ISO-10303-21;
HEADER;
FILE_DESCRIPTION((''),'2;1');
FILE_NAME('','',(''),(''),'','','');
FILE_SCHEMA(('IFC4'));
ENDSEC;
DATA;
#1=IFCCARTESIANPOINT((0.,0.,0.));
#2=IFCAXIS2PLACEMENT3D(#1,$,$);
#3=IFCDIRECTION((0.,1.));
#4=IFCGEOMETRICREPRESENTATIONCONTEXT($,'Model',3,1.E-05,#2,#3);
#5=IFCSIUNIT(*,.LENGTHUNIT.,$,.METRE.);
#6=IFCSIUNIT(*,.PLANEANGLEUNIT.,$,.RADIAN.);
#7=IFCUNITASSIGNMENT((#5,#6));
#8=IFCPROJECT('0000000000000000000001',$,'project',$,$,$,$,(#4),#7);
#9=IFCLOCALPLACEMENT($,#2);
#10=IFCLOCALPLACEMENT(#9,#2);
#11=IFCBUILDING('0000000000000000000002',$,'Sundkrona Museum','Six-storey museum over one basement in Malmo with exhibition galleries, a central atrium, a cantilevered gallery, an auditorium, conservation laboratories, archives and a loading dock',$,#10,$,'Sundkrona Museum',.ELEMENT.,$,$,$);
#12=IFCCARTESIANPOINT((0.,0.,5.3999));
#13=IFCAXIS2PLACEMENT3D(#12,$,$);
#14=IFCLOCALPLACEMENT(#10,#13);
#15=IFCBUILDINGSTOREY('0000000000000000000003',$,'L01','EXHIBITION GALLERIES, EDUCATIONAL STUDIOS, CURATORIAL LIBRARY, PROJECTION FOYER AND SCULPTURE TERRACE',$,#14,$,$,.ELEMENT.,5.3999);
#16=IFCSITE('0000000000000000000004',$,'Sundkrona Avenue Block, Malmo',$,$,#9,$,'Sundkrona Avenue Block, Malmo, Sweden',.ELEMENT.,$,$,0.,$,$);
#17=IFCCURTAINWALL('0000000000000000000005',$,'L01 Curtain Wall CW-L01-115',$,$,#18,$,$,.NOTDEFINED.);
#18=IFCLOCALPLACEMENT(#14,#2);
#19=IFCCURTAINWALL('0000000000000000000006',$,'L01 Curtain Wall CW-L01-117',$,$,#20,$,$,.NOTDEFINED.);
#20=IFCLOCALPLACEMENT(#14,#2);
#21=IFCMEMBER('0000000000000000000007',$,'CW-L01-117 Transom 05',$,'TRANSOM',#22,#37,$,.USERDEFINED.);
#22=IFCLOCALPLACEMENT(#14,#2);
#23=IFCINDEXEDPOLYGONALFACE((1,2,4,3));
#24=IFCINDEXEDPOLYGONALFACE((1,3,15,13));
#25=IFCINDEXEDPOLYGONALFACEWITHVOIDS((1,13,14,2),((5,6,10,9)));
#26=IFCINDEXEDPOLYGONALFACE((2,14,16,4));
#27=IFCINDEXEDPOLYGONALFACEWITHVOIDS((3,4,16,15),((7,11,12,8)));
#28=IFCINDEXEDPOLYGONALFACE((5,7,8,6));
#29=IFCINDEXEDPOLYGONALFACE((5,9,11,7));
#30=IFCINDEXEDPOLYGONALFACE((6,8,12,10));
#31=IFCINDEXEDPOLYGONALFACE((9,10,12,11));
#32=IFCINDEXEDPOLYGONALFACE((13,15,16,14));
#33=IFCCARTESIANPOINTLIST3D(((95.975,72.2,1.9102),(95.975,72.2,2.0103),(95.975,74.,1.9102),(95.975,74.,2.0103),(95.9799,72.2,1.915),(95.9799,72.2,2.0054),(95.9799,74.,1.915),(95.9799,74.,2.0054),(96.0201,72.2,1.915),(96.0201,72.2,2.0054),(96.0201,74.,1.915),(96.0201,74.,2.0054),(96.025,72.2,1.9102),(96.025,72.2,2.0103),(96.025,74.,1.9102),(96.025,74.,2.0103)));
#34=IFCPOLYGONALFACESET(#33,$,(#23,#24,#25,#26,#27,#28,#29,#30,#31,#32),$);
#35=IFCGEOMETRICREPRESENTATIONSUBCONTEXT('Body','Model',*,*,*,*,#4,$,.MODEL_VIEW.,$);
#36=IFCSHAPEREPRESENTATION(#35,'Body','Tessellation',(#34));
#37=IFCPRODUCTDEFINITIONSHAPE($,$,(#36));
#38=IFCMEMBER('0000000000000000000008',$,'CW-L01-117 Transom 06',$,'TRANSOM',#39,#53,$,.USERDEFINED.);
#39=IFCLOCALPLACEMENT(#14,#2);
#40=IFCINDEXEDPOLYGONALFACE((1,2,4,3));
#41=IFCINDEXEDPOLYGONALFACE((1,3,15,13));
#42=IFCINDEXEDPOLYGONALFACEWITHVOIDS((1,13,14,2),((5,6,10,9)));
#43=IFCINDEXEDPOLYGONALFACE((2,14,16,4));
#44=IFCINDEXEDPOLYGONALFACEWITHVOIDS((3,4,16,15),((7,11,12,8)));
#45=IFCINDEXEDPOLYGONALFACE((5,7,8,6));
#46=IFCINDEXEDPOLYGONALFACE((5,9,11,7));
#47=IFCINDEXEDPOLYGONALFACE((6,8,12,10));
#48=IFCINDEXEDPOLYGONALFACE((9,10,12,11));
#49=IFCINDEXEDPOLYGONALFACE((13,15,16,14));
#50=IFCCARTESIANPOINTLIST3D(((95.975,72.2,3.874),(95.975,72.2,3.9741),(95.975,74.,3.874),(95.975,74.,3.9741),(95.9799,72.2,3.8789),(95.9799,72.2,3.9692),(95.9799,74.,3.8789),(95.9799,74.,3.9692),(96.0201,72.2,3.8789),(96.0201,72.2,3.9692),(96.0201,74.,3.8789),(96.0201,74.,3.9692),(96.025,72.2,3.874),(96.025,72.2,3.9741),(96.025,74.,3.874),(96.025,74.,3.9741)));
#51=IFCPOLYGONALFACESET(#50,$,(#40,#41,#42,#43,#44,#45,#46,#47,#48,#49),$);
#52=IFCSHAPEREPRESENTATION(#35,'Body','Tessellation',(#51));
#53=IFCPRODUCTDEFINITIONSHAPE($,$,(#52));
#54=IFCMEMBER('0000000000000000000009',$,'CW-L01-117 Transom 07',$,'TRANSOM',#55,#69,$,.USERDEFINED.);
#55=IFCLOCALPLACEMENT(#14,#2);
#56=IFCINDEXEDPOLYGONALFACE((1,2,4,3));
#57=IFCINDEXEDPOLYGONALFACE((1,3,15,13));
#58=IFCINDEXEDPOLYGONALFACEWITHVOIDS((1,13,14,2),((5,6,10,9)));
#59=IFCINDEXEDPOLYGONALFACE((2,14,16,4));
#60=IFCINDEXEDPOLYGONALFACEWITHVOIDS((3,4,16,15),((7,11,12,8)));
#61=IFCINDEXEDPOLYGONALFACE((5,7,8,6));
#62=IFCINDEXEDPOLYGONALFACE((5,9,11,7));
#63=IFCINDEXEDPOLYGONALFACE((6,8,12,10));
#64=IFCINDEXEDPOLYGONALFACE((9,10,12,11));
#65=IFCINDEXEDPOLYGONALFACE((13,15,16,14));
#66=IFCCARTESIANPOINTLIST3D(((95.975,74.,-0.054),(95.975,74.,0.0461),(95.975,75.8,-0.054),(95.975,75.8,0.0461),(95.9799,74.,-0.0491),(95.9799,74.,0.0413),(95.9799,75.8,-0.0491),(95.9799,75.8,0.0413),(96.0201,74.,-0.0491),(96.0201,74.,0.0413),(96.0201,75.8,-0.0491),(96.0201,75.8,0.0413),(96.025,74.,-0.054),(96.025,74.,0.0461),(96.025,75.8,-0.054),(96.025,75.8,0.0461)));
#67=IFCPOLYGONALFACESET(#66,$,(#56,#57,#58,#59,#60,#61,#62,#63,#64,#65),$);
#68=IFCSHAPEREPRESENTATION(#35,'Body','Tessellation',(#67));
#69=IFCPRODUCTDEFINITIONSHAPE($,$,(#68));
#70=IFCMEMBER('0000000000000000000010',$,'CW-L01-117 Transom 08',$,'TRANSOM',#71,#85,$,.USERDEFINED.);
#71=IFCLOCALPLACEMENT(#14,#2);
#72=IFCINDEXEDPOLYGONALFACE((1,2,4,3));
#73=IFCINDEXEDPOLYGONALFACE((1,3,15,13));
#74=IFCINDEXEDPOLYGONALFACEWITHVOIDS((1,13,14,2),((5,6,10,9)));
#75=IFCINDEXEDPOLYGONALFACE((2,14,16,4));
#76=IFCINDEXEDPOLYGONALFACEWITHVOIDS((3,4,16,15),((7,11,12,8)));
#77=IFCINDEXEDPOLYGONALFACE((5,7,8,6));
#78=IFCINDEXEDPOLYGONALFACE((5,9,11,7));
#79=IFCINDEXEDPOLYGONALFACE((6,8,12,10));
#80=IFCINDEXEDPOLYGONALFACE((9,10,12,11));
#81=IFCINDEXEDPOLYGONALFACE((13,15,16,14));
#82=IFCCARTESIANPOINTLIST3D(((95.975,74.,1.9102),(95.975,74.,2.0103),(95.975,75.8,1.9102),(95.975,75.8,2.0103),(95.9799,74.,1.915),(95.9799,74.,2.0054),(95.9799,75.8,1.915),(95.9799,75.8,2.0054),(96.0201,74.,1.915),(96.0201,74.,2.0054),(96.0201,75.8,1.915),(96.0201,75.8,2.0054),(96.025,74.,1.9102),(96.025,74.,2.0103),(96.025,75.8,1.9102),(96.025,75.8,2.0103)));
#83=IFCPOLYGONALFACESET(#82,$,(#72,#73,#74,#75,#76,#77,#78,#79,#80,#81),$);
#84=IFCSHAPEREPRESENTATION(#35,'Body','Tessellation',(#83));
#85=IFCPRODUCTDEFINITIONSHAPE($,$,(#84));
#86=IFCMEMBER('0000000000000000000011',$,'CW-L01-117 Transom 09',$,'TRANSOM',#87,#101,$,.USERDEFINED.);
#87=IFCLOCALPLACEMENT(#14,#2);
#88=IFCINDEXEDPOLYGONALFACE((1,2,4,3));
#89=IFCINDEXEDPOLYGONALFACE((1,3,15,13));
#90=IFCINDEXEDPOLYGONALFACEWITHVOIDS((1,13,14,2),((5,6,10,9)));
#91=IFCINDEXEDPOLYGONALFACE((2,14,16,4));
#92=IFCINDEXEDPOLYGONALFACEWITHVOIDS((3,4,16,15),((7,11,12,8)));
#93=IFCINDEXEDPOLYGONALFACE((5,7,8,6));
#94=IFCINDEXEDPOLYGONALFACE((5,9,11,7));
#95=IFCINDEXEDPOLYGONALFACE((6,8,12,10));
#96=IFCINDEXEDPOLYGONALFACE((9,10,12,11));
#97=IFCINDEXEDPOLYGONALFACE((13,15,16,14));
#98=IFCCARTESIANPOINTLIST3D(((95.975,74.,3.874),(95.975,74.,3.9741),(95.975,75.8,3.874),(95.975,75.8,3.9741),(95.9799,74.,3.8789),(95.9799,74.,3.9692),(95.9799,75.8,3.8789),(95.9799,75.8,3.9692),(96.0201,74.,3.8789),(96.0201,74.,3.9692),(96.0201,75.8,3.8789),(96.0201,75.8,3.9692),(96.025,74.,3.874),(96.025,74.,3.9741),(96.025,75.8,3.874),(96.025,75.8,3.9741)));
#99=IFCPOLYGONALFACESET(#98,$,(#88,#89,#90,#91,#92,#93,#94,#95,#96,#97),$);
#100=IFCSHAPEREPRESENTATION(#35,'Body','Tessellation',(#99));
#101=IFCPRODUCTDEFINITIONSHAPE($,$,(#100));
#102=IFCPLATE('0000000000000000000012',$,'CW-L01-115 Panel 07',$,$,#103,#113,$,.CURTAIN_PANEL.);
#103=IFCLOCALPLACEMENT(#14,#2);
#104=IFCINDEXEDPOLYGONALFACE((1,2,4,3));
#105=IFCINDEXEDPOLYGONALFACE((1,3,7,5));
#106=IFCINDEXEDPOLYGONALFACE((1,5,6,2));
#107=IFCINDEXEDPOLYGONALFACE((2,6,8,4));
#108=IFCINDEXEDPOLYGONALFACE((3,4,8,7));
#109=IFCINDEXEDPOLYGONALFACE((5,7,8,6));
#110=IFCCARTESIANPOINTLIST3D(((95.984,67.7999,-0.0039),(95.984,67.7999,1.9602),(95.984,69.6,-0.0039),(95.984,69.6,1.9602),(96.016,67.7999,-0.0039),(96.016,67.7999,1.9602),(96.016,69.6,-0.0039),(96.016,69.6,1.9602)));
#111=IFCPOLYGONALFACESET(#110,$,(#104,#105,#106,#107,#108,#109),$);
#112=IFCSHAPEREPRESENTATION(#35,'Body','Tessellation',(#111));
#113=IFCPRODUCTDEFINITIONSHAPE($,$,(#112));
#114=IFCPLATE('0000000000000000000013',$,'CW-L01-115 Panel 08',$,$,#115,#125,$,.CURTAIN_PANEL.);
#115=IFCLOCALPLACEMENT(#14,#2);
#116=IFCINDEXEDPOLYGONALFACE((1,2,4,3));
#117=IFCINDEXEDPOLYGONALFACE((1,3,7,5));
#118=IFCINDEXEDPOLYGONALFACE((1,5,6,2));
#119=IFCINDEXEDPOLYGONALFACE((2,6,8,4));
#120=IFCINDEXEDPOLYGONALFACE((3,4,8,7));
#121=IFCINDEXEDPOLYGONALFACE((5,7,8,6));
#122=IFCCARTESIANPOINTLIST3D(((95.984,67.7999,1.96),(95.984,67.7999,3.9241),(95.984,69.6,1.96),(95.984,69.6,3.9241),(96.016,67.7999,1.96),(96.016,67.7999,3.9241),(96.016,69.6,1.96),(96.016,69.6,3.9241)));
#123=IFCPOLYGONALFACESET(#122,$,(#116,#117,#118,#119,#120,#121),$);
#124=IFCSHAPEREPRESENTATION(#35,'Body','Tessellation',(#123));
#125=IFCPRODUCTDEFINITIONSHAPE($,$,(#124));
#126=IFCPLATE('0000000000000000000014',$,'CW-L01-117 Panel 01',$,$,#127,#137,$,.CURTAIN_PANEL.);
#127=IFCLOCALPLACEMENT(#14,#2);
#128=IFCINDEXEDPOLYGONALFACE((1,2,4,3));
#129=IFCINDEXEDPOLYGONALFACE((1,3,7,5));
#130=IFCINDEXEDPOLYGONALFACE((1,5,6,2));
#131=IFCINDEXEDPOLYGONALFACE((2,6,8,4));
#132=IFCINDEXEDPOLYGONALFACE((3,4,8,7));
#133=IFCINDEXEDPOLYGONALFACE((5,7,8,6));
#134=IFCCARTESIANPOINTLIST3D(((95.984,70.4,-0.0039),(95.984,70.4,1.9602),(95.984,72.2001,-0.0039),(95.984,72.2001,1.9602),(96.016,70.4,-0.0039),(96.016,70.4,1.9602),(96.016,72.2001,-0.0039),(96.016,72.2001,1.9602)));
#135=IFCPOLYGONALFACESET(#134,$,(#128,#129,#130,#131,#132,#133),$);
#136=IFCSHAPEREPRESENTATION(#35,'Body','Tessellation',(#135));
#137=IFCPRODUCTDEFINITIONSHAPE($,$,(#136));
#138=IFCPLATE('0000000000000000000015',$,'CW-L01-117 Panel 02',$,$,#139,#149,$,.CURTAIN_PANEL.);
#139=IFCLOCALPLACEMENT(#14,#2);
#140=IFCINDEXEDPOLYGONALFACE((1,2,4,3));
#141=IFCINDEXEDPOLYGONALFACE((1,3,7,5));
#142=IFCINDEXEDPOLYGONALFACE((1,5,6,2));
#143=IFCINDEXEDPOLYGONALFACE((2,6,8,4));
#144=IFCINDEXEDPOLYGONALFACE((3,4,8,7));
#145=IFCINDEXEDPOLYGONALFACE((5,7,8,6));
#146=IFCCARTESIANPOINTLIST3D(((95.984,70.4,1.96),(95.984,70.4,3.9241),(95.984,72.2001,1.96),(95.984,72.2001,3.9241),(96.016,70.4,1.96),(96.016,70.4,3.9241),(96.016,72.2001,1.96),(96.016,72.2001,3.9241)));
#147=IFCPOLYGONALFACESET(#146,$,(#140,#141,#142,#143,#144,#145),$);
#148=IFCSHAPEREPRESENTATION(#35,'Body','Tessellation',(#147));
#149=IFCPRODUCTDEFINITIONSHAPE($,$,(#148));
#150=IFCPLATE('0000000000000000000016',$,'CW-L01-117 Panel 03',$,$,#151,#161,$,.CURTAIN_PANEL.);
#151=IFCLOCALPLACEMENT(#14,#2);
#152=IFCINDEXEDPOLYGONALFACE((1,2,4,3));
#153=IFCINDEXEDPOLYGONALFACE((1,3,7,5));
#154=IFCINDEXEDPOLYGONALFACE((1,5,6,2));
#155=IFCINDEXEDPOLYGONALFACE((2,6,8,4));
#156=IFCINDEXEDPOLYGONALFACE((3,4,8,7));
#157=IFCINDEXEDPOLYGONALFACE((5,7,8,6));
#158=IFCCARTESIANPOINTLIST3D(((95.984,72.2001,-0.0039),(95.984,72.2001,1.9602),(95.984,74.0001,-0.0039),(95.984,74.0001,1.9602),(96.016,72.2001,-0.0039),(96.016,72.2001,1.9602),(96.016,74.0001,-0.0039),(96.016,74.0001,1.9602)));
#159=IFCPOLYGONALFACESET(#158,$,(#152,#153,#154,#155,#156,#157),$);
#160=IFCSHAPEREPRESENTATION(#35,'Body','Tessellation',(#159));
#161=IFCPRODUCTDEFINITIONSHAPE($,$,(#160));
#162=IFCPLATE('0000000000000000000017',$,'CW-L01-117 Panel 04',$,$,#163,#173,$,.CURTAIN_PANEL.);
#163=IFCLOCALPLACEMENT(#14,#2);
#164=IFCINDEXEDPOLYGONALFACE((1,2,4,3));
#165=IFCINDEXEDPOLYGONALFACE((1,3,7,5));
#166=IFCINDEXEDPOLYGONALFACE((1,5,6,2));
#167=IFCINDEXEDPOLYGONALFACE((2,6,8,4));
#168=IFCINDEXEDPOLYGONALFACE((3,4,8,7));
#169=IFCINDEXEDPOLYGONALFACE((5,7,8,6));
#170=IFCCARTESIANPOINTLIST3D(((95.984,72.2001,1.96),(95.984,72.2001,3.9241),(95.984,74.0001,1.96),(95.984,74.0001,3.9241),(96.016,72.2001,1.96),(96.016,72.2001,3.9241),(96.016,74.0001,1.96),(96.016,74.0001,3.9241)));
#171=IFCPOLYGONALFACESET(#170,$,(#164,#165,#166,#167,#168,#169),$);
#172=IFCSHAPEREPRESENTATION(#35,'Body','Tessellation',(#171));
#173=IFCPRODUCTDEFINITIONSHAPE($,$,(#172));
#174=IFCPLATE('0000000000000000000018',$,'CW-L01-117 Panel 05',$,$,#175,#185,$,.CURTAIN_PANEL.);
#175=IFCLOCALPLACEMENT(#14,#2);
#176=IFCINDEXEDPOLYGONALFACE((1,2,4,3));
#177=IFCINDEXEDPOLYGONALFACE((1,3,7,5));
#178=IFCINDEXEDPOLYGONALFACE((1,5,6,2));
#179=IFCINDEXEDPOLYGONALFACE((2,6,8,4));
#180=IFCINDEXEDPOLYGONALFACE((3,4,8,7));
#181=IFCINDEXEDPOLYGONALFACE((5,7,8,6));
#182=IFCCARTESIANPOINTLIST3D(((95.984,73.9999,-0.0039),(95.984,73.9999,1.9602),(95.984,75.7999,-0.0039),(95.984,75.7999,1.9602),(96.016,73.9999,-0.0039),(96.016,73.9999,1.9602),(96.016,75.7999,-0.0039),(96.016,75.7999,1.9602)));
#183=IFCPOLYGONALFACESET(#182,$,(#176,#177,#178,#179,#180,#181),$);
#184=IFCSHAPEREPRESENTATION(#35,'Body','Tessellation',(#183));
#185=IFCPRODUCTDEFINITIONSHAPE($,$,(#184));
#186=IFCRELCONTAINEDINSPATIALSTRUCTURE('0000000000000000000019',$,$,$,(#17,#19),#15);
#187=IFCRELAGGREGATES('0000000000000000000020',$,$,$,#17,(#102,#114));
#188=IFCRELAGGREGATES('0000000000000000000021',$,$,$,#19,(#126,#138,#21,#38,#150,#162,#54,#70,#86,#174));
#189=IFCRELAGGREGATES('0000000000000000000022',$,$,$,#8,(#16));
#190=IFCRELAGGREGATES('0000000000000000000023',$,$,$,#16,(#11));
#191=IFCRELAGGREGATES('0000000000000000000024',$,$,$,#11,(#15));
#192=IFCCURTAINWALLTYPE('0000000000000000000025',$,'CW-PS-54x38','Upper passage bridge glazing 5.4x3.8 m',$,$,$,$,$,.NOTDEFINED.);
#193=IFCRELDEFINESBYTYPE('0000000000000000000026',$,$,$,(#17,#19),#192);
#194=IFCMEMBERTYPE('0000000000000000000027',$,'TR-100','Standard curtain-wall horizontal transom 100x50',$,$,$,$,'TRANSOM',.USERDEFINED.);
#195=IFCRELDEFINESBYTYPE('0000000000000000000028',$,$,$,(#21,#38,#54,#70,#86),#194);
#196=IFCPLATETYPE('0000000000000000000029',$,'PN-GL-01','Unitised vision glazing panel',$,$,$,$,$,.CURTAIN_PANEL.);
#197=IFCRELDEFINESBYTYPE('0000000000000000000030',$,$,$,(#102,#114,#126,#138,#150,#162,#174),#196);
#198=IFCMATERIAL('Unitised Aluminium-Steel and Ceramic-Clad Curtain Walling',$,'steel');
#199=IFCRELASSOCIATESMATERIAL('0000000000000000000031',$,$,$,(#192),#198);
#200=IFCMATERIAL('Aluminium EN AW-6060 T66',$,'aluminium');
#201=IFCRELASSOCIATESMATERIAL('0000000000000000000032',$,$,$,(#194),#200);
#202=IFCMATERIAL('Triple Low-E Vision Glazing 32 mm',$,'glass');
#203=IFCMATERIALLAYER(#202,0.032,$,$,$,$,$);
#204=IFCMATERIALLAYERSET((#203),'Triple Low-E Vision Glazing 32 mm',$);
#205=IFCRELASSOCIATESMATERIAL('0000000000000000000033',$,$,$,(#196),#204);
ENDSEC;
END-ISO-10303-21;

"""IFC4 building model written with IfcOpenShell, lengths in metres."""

from ifc_helpers import new_model, si_unit, direction, frame, origin, origin_2d, place, context, subcontext, project, spatial, rectangle, hollow_rectangle, extrude, material, layer, layer_set, material_profile, profile_set, type_object, element, aggregate, save


model = new_model("IFC4")

# Units and contexts
model_context = context("Model", 3, precision=1e-05, world=origin(), true_north=direction((0.0, 1.0)))
body_context = subcontext(model_context, "Body", "Model", "MODEL_VIEW")
ifc_project = project(units=[si_unit("LENGTHUNIT", "METRE"), si_unit("PLANEANGLEUNIT", "RADIAN")], contexts=[model_context])

# Site, building, storey
site_placement = place(None, origin())
site = spatial("IfcSite", under=ifc_project, at=site_placement, Name="Sundkrona Avenue Block, Malmo", LongName="Sundkrona Avenue Block, Malmo, Sweden", CompositionType="ELEMENT", RefElevation=0.0)
building_placement = place(site_placement, origin())
building = spatial("IfcBuilding", under=site, at=building_placement, Name="Sundkrona Museum", Description="Six-storey museum over one basement in Malmo with exhibition galleries, a central atrium, a cantilevered gallery, an auditorium, conservation laboratories, archives and a loading dock", LongName="Sundkrona Museum", CompositionType="ELEMENT")
storey_placement = place(building_placement, frame((0.0, 0.0, 5.3999)))
storey = spatial("IfcBuildingStorey", under=building, at=storey_placement, Name="L01", Description="EXHIBITION GALLERIES, EDUCATIONAL STUDIOS, CURATORIAL LIBRARY, PROJECTION FOYER AND SCULPTURE TERRACE", CompositionType="ELEMENT", Elevation=5.3999)

# Curtain wall
ifc_material_1 = material(Name="Unitised Aluminium-Steel and Ceramic-Clad Curtain Walling", Category="steel")
curtain_wall_type = type_object("IfcCurtainWallType", Name="CW-PS-54x38", Description="Upper passage bridge glazing 5.4x3.8 m", PredefinedType="NOTDEFINED", material=ifc_material_1)
curtain_wall_1_placement = place(storey_placement, origin())
curtain_wall_1 = element("IfcCurtainWall", 1, at=curtain_wall_1_placement, inside=storey, type_object=curtain_wall_type, Name="L01 Curtain Wall CW-L01-115", PredefinedType="NOTDEFINED")
ifc_material_2 = material(Name="Aluminium EN AW-6060 T66", Category="aluminium")

# Curtain wall, members
curtain_wall_2_placement = place(storey_placement, origin())
curtain_wall_2 = element("IfcCurtainWall", 2, at=curtain_wall_2_placement, inside=storey, type_object=curtain_wall_type, Name="L01 Curtain Wall CW-L01-117", PredefinedType="NOTDEFINED")
ifc_material_profile_1 = material_profile(ifc_material_2, hollow_rectangle(XDim=0.05, YDim=0.1001, WallThickness=0.0049, at=origin_2d()), Name="RHS 100x50x5.0")
ifc_profile_set_1 = profile_set([ifc_material_profile_1], Name="Aluminium EN AW-6060 T66")
member_type_1 = type_object("IfcMemberType", Name="TR-100", Description="Standard curtain-wall horizontal transom 100x50", ElementType="TRANSOM", PredefinedType="USERDEFINED", material=ifc_profile_set_1)
member_1_placement = place(storey_placement, frame((96.0, 72.2, 1.9602), z_axis=(0.0, 1.0, 0.0), x_axis=(-1.0, 0.0, 0.0)))
member_1 = element("IfcMember", 3, at=member_1_placement, type_object=member_type_1, Name="CW-L01-117 Transom 05", ObjectType="TRANSOM", PredefinedType="USERDEFINED", context=body_context, shape_type="SweptSolid", body=[
    extrude(hollow_rectangle(XDim=0.05, YDim=0.1001, WallThickness=0.0049, at=origin_2d()), origin(), (0.0, 0.0, 1.0), 1.8),
])
member_2_placement = place(storey_placement, frame((96.0, 72.2, 3.9241), z_axis=(0.0, 1.0, 0.0), x_axis=(-1.0, 0.0, 0.0)))
member_2 = element("IfcMember", 4, at=member_2_placement, type_object=member_type_1, Name="CW-L01-117 Transom 06", ObjectType="TRANSOM", PredefinedType="USERDEFINED", context=body_context, shape_type="SweptSolid", body=[
    extrude(hollow_rectangle(XDim=0.05, YDim=0.1001, WallThickness=0.0049, at=origin_2d()), origin(), (0.0, 0.0, 1.0), 1.8),
])
member_3_placement = place(storey_placement, frame((96.0, 74.0, -0.0039), z_axis=(0.0, 1.0, 0.0), x_axis=(-1.0, 0.0, 0.0)))
member_3 = element("IfcMember", 5, at=member_3_placement, type_object=member_type_1, Name="CW-L01-117 Transom 07", ObjectType="TRANSOM", PredefinedType="USERDEFINED", context=body_context, shape_type="SweptSolid", body=[
    extrude(hollow_rectangle(XDim=0.05, YDim=0.1001, WallThickness=0.0049, at=origin_2d()), origin(), (0.0, 0.0, 1.0), 1.8),
])
member_4_placement = place(storey_placement, frame((96.0, 74.0, 1.9602), z_axis=(0.0, 1.0, 0.0), x_axis=(-1.0, 0.0, 0.0)))
member_4 = element("IfcMember", 6, at=member_4_placement, type_object=member_type_1, Name="CW-L01-117 Transom 08", ObjectType="TRANSOM", PredefinedType="USERDEFINED", context=body_context, shape_type="SweptSolid", body=[
    extrude(hollow_rectangle(XDim=0.05, YDim=0.1001, WallThickness=0.0049, at=origin_2d()), origin(), (0.0, 0.0, 1.0), 1.8),
])
member_5_placement = place(storey_placement, frame((96.0, 74.0, 3.9241), z_axis=(0.0, 1.0, 0.0), x_axis=(-1.0, 0.0, 0.0)))
member_5 = element("IfcMember", 7, at=member_5_placement, type_object=member_type_1, Name="CW-L01-117 Transom 09", ObjectType="TRANSOM", PredefinedType="USERDEFINED", context=body_context, shape_type="SweptSolid", body=[
    extrude(hollow_rectangle(XDim=0.05, YDim=0.1001, WallThickness=0.0049, at=origin_2d()), origin(), (0.0, 0.0, 1.0), 1.8),
])

# Plates
ifc_material_3 = material(Name="Triple Low-E Vision Glazing 32 mm", Category="glass")
ifc_layer = layer(ifc_material_3, 0.032)
ifc_layer_set = layer_set([ifc_layer], Name="Triple Low-E Vision Glazing 32 mm")
plate_type = type_object("IfcPlateType", Name="PN-GL-01", Description="Unitised vision glazing panel", PredefinedType="CURTAIN_PANEL", material=ifc_layer_set)
plate_1_placement = place(storey_placement, frame((96.0, 68.7, -0.0039), z_axis=(0.0, 0.0, 1.0), x_axis=(0.0, 1.0, 0.0)))
plate_1 = element("IfcPlate", 8, at=plate_1_placement, type_object=plate_type, Name="CW-L01-115 Panel 07", PredefinedType="CURTAIN_PANEL", context=body_context, shape_type="SweptSolid", body=[
    extrude(rectangle(XDim=1.8, YDim=0.032, at=origin_2d()), origin(), (0.0, 0.0, 1.0), 1.9641),
])
plate_2_placement = place(storey_placement, frame((96.0, 68.7, 1.96), z_axis=(0.0, 0.0, 1.0), x_axis=(0.0, 1.0, 0.0)))
plate_2 = element("IfcPlate", 9, at=plate_2_placement, type_object=plate_type, Name="CW-L01-115 Panel 08", PredefinedType="CURTAIN_PANEL", context=body_context, shape_type="SweptSolid", body=[
    extrude(rectangle(XDim=1.8, YDim=0.032, at=origin_2d()), origin(), (0.0, 0.0, 1.0), 1.9641),
])
aggregate(curtain_wall_1, [plate_1, plate_2])
plate_3_placement = place(storey_placement, frame((96.0, 71.3, -0.0039), z_axis=(0.0, 0.0, 1.0), x_axis=(0.0, 1.0, 0.0)))
plate_3 = element("IfcPlate", 10, at=plate_3_placement, type_object=plate_type, Name="CW-L01-117 Panel 01", PredefinedType="CURTAIN_PANEL", context=body_context, shape_type="SweptSolid", body=[
    extrude(rectangle(XDim=1.8, YDim=0.032, at=origin_2d()), origin(), (0.0, 0.0, 1.0), 1.9641),
])
plate_4_placement = place(storey_placement, frame((96.0, 71.3, 1.96), z_axis=(0.0, 0.0, 1.0), x_axis=(0.0, 1.0, 0.0)))
plate_4 = element("IfcPlate", 11, at=plate_4_placement, type_object=plate_type, Name="CW-L01-117 Panel 02", PredefinedType="CURTAIN_PANEL", context=body_context, shape_type="SweptSolid", body=[
    extrude(rectangle(XDim=1.8, YDim=0.032, at=origin_2d()), origin(), (0.0, 0.0, 1.0), 1.9641),
])
plate_5_placement = place(storey_placement, frame((96.0, 73.1001, -0.0039), z_axis=(0.0, 0.0, 1.0), x_axis=(0.0, 1.0, 0.0)))
plate_5 = element("IfcPlate", 12, at=plate_5_placement, type_object=plate_type, Name="CW-L01-117 Panel 03", PredefinedType="CURTAIN_PANEL", context=body_context, shape_type="SweptSolid", body=[
    extrude(rectangle(XDim=1.8, YDim=0.032, at=origin_2d()), origin(), (0.0, 0.0, 1.0), 1.9641),
])
plate_6_placement = place(storey_placement, frame((96.0, 73.1001, 1.96), z_axis=(0.0, 0.0, 1.0), x_axis=(0.0, 1.0, 0.0)))
plate_6 = element("IfcPlate", 13, at=plate_6_placement, type_object=plate_type, Name="CW-L01-117 Panel 04", PredefinedType="CURTAIN_PANEL", context=body_context, shape_type="SweptSolid", body=[
    extrude(rectangle(XDim=1.8, YDim=0.032, at=origin_2d()), origin(), (0.0, 0.0, 1.0), 1.9641),
])
plate_7_placement = place(storey_placement, frame((96.0, 74.8999, -0.0039), z_axis=(0.0, 0.0, 1.0), x_axis=(0.0, 1.0, 0.0)))
plate_7 = element("IfcPlate", 14, at=plate_7_placement, type_object=plate_type, Name="CW-L01-117 Panel 05", PredefinedType="CURTAIN_PANEL", context=body_context, shape_type="SweptSolid", body=[
    extrude(rectangle(XDim=1.8, YDim=0.032, at=origin_2d()), origin(), (0.0, 0.0, 1.0), 1.9641),
])
aggregate(curtain_wall_2, [plate_3, plate_4, member_1, member_2, plate_5, plate_6, member_3, member_4, member_5, plate_7])

save(model, "model.ifc")
